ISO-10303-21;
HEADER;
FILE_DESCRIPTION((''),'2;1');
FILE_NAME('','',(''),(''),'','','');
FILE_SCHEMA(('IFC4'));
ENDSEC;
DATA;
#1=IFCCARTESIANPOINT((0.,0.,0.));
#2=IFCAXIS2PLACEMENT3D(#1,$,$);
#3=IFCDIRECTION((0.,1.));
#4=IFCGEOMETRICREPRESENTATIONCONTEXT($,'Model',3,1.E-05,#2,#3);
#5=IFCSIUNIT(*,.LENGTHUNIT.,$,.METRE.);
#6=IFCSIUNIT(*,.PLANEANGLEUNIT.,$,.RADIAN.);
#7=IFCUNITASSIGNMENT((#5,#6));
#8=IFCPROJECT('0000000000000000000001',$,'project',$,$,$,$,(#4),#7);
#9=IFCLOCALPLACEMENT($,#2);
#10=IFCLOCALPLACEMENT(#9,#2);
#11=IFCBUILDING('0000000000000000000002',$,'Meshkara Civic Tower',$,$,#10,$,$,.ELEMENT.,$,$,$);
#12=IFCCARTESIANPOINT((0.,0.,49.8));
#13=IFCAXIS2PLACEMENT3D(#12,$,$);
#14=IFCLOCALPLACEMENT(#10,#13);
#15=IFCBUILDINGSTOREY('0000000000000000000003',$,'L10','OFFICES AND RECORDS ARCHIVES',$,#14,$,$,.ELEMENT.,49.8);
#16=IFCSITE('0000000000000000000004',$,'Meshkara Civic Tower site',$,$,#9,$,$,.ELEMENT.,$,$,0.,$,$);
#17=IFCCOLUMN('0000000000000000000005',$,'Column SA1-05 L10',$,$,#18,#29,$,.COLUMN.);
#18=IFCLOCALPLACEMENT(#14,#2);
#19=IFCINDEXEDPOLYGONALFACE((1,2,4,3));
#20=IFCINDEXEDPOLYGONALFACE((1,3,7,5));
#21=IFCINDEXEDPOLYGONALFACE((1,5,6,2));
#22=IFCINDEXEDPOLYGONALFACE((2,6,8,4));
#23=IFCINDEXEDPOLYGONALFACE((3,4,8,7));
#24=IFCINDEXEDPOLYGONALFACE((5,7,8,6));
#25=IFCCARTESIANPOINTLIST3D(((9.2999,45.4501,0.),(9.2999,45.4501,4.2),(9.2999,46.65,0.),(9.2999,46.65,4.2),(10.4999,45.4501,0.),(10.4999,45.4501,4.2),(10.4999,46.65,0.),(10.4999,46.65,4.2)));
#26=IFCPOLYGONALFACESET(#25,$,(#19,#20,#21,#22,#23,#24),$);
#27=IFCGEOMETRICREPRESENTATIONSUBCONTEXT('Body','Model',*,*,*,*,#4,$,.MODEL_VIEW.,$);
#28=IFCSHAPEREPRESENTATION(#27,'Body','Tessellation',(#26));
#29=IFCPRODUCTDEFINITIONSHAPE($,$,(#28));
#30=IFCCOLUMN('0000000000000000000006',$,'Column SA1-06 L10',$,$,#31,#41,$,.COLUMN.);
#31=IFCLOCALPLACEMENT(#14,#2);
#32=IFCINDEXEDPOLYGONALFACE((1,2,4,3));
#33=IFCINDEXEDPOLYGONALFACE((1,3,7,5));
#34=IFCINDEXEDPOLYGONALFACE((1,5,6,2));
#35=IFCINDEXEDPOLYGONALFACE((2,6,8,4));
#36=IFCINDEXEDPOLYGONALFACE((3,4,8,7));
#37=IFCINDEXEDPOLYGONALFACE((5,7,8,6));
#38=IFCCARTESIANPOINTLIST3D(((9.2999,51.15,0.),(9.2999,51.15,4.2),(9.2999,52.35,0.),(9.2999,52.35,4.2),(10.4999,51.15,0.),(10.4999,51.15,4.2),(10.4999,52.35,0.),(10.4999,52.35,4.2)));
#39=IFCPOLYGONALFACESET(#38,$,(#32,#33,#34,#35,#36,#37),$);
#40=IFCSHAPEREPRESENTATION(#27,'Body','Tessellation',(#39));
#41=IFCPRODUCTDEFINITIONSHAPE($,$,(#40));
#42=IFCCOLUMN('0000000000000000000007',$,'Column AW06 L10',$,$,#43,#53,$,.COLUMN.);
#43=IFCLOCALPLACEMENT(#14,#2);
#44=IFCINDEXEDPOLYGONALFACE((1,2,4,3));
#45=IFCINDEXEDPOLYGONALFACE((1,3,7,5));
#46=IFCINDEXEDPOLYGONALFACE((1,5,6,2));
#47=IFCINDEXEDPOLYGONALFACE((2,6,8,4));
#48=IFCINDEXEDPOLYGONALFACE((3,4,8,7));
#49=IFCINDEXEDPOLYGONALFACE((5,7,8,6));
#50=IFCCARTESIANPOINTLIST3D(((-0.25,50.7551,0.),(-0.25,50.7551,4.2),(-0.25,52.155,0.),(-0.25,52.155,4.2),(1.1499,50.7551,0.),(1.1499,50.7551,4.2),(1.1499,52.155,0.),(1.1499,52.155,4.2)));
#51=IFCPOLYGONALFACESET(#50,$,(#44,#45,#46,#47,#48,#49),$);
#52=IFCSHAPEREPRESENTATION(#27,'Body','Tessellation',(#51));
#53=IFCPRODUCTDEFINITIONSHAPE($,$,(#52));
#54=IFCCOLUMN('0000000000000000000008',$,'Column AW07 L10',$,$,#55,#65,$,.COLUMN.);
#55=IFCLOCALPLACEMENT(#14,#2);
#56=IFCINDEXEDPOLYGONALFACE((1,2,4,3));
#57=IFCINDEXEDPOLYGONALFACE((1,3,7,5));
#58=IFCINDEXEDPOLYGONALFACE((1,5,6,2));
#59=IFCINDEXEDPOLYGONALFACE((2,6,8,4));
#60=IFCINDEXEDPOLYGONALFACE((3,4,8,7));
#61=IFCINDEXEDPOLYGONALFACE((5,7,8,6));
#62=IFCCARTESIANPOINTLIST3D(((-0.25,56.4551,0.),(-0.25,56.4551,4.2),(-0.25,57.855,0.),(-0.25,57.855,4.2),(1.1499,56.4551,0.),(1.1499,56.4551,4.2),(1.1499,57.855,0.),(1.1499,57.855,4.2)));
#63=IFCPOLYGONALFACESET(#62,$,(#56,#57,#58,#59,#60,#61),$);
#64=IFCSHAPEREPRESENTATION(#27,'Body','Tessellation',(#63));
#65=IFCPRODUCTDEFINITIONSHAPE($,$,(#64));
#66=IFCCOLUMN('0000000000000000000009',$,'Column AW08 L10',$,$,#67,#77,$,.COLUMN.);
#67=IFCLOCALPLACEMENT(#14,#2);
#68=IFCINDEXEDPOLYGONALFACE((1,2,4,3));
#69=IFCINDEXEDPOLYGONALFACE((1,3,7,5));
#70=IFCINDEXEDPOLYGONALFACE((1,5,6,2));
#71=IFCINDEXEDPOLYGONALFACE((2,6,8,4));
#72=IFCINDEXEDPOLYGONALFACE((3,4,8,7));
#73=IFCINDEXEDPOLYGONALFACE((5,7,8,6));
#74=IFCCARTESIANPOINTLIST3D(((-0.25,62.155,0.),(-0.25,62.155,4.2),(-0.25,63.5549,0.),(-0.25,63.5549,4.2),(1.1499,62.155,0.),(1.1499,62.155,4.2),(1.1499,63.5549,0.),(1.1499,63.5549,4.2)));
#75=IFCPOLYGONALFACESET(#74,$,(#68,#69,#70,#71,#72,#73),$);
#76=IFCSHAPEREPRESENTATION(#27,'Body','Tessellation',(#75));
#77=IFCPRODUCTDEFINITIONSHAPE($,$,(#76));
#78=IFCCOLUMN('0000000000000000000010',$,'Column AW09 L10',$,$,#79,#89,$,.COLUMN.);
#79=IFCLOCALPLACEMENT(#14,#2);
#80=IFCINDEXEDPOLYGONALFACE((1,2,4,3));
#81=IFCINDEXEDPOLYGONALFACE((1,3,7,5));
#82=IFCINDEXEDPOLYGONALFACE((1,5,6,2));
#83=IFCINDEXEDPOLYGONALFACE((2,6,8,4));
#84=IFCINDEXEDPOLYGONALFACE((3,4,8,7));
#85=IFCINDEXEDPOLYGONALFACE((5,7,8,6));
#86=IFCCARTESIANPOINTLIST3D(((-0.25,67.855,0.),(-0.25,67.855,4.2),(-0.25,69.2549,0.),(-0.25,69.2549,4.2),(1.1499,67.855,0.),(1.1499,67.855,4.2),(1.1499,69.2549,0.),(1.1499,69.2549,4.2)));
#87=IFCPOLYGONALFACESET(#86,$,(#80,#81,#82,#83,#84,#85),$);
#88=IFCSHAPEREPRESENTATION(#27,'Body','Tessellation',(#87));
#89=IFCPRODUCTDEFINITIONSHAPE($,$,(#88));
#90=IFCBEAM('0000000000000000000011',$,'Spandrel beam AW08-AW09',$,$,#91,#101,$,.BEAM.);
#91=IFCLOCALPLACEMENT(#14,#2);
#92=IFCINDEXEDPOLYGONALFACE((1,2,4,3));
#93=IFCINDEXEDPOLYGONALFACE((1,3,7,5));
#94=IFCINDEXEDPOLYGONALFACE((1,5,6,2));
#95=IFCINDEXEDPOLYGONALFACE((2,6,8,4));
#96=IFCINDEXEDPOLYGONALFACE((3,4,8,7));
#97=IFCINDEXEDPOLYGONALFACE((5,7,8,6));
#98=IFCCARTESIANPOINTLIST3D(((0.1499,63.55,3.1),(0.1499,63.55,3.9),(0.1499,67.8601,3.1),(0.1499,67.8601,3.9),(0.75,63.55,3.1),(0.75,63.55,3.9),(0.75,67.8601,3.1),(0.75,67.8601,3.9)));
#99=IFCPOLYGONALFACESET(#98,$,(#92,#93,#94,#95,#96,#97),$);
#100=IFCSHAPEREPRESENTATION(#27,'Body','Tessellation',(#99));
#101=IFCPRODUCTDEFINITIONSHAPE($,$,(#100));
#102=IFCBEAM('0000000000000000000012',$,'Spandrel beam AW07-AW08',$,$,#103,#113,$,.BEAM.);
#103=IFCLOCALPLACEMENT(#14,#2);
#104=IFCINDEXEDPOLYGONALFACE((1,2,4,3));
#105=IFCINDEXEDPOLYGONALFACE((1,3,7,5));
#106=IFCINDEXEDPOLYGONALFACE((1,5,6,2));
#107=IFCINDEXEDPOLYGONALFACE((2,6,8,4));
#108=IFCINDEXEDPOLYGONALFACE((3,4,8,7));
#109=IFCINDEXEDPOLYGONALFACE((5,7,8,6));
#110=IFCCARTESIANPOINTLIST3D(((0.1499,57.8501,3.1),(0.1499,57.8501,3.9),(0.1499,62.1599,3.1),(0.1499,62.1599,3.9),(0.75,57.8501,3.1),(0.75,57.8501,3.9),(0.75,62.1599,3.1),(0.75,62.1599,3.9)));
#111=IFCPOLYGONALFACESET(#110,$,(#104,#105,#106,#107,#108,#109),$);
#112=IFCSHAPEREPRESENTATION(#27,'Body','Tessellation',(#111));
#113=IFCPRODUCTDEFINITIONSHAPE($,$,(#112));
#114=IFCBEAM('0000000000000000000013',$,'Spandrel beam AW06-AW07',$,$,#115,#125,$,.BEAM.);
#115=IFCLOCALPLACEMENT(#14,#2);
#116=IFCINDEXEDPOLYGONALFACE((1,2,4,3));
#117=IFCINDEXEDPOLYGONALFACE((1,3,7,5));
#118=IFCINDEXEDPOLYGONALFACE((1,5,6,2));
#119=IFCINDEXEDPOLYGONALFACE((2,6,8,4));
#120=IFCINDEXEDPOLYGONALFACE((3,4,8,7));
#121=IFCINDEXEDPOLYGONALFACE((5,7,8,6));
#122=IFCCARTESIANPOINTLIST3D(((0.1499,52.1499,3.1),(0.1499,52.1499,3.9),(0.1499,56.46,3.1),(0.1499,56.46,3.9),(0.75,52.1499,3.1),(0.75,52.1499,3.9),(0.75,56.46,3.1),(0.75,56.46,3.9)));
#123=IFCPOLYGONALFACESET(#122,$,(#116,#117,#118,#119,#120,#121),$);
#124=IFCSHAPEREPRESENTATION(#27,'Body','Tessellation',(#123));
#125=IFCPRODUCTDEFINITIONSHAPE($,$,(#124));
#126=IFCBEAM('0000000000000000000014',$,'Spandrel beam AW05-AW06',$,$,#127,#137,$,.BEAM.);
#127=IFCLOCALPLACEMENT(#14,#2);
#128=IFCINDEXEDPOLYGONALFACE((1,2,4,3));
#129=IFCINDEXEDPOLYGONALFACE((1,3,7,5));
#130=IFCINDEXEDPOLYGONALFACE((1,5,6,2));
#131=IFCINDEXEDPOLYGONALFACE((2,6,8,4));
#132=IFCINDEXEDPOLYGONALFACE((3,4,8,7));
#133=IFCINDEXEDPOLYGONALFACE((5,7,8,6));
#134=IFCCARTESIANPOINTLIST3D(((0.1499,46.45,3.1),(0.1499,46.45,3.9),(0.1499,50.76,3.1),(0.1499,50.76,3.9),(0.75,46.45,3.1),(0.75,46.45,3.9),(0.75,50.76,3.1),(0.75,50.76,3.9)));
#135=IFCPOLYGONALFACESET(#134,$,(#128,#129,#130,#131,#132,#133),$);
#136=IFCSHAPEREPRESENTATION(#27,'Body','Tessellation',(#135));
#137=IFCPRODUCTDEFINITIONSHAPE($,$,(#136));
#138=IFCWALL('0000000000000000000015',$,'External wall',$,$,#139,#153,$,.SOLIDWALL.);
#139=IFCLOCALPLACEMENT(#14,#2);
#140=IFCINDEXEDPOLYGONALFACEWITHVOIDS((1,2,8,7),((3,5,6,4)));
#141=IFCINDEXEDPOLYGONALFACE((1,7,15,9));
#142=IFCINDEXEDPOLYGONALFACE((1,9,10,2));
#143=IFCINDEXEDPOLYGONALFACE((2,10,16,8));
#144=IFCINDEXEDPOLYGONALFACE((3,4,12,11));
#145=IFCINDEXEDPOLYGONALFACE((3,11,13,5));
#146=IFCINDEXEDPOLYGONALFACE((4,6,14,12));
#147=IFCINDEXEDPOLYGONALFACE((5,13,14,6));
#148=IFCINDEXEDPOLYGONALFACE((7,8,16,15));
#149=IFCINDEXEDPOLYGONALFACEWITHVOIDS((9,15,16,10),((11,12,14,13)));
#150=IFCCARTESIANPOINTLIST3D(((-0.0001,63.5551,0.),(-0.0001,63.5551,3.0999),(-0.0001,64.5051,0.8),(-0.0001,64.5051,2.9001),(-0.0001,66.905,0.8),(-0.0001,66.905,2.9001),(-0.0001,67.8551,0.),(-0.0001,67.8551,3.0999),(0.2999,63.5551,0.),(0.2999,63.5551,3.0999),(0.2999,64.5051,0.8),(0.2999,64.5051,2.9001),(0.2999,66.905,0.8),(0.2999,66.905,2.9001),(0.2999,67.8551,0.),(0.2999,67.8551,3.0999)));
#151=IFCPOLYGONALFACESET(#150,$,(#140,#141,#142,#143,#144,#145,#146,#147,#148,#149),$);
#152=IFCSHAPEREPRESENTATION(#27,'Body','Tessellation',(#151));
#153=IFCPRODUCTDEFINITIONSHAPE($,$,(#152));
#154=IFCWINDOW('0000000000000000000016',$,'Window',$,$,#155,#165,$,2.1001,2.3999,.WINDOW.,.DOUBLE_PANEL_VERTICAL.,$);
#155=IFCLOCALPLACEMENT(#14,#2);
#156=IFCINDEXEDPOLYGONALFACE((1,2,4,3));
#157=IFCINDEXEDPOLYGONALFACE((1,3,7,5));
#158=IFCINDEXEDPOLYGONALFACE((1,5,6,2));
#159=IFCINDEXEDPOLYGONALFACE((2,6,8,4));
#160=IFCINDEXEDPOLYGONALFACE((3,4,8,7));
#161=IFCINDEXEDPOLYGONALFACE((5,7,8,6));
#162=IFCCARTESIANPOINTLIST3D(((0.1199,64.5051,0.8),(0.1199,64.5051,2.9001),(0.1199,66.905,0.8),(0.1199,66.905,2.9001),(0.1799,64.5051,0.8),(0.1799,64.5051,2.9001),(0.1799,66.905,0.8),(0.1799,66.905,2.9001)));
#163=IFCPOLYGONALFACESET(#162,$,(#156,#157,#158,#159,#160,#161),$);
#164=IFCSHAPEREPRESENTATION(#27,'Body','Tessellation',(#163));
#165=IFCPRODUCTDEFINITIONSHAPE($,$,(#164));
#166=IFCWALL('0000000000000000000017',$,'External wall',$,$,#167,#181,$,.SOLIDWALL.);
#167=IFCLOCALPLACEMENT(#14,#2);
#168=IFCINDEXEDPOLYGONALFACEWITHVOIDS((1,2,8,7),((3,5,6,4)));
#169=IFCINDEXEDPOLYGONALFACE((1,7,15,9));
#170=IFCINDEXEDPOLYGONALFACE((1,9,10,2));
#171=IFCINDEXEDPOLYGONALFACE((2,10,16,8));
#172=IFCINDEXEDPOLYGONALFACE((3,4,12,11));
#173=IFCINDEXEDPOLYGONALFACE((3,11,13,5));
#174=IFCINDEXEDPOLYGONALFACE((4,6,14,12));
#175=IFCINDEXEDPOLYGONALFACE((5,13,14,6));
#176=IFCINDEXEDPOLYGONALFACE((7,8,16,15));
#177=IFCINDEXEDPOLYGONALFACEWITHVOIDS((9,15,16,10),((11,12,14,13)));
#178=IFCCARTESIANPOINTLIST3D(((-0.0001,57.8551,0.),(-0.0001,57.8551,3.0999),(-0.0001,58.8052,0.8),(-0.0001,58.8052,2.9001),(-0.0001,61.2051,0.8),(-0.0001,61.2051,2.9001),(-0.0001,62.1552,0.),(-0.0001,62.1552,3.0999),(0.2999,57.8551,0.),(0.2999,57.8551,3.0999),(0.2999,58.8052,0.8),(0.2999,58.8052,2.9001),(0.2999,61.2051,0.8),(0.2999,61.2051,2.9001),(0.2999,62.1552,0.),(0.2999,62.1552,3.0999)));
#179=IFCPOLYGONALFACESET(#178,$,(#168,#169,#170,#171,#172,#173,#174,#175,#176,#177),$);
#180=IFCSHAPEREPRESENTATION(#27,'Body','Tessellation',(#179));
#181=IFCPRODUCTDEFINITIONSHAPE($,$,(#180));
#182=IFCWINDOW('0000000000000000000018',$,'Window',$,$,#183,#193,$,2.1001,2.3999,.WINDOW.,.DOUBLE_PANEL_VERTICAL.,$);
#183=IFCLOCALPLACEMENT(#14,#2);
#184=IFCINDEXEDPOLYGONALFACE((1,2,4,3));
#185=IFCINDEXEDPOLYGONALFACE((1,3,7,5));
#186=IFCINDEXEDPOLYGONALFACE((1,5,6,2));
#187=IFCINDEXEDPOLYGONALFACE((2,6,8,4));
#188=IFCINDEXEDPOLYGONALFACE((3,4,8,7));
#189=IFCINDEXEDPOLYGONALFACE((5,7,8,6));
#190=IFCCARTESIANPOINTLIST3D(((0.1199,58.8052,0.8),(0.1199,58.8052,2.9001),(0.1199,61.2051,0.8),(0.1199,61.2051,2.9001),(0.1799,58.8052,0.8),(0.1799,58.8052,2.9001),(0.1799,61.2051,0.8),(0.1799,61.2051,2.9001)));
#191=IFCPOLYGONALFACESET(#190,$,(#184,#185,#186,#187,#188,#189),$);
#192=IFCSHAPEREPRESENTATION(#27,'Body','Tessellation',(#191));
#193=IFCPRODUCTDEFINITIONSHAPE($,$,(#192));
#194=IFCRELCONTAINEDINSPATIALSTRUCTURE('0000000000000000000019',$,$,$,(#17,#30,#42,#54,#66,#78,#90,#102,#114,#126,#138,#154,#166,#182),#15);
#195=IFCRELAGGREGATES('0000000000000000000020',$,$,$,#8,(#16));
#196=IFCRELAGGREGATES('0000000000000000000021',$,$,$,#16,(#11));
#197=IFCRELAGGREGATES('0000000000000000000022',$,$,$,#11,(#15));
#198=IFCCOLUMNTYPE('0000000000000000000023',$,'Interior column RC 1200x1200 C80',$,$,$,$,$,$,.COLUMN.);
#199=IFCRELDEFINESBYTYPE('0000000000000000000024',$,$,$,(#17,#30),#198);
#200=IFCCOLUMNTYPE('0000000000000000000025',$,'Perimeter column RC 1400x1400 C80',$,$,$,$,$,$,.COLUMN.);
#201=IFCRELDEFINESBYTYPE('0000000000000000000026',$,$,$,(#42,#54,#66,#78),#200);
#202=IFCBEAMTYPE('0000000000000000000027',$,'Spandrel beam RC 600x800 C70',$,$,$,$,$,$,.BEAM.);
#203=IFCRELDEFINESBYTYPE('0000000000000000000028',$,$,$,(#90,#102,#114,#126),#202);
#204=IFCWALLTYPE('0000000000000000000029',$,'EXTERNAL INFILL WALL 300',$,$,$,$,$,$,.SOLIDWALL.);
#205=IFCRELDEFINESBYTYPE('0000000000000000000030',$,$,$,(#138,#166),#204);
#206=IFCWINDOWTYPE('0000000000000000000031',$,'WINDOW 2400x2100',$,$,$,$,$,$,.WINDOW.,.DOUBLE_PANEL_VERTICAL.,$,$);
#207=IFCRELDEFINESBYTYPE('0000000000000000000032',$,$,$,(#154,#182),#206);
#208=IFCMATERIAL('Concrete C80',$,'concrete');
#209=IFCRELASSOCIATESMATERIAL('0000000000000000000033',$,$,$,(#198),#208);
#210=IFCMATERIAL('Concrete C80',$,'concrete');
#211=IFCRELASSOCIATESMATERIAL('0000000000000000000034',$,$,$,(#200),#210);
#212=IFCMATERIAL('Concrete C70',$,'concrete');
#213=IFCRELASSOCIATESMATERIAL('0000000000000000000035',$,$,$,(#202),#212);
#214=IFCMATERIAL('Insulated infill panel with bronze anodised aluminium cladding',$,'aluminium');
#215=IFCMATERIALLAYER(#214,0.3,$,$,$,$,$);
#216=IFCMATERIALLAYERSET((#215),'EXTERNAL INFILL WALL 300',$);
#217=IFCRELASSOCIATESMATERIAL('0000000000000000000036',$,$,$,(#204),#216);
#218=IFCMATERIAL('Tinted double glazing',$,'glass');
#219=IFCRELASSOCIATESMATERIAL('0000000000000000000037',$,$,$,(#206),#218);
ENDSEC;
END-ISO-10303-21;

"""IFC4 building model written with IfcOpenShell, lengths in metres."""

from ifc_helpers import new_model, si_unit, direction, frame, frame_2d, origin, origin_2d, place, context, subcontext, project, spatial, rectangle, extrude, material, layer, layer_set, material_profile, profile_set, type_object, element, fill, save


model = new_model("IFC4")

# Units and contexts
model_context = context("Model", 3, precision=1e-05, world=origin(), true_north=direction((0.0, 1.0)))
body_context = subcontext(model_context, "Body", "Model", "MODEL_VIEW")
ifc_project = project(units=[si_unit("LENGTHUNIT", "METRE"), si_unit("PLANEANGLEUNIT", "RADIAN")], contexts=[model_context])

# Site, building, storey
site_placement = place(None, origin())
site = spatial("IfcSite", under=ifc_project, at=site_placement, Name="Meshkara Civic Tower site", CompositionType="ELEMENT", RefElevation=0.0)
building_placement = place(site_placement, origin())
building = spatial("IfcBuilding", under=site, at=building_placement, Name="Meshkara Civic Tower", CompositionType="ELEMENT")
storey_placement = place(building_placement, frame((0.0, 0.0, 49.8)))
storey = spatial("IfcBuildingStorey", under=building, at=storey_placement, Name="L10", Description="OFFICES AND RECORDS ARCHIVES", CompositionType="ELEMENT", Elevation=49.8)

# Columns
ifc_material_1 = material(Name="Concrete C80", Category="concrete")
ifc_material_profile_1 = material_profile(ifc_material_1, rectangle(XDim=1.2, YDim=1.2, at=origin_2d()))
ifc_profile_set_1 = profile_set([ifc_material_profile_1], Name="Concrete C80")
column_type_1 = type_object("IfcColumnType", Name="Interior column RC 1200x1200 C80", PredefinedType="COLUMN", material=ifc_profile_set_1)
for number, where, z_axis, x_axis, name in (
    (1, (9.8999, 46.05, 0.0), (0.0, 0.0, 1.0), (1.0, 0.0, 0.0), "Column SA1-05 L10"),
    (2, (9.8999, 51.75, 0.0), (0.0, 0.0, 1.0), (1.0, 0.0, 0.0), "Column SA1-06 L10"),
):
    element("IfcColumn", number, at=place(storey_placement, frame(where, z_axis=z_axis, x_axis=x_axis)), inside=storey, type_object=column_type_1, Name=name, PredefinedType="COLUMN", context=body_context, shape_type="SweptSolid", body=[
        extrude(rectangle(XDim=1.2, YDim=1.2, at=origin_2d()), origin(), (0.0, 0.0, 1.0), 4.2),
    ])
ifc_material_2 = material(Name="Concrete C80", Category="concrete")
ifc_material_profile_2 = material_profile(ifc_material_2, rectangle(XDim=1.3999, YDim=1.3999, at=origin_2d()))
ifc_profile_set_2 = profile_set([ifc_material_profile_2], Name="Concrete C80")
column_type_2 = type_object("IfcColumnType", Name="Perimeter column RC 1400x1400 C80", PredefinedType="COLUMN", material=ifc_profile_set_2)
for number, where, z_axis, x_axis, name in (
    (3, (0.45, 51.4551, 0.0), (0.0, 0.0, 1.0), (1.0, 0.0, 0.0), "Column AW06 L10"),
    (4, (0.45, 57.155, 0.0), (0.0, 0.0, 1.0), (1.0, 0.0, 0.0), "Column AW07 L10"),
    (5, (0.45, 62.855, 0.0), (0.0, 0.0, 1.0), (1.0, 0.0, 0.0), "Column AW08 L10"),
    (6, (0.45, 68.5549, 0.0), (0.0, 0.0, 1.0), (1.0, 0.0, 0.0), "Column AW09 L10"),
):
    element("IfcColumn", number, at=place(storey_placement, frame(where, z_axis=z_axis, x_axis=x_axis)), inside=storey, type_object=column_type_2, Name=name, PredefinedType="COLUMN", context=body_context, shape_type="SweptSolid", body=[
        extrude(rectangle(XDim=1.3999, YDim=1.3999, at=origin_2d()), origin(), (0.0, 0.0, 1.0), 4.2),
    ])

# Beams
ifc_material_3 = material(Name="Concrete C70", Category="concrete")
ifc_material_profile_3 = material_profile(ifc_material_3, rectangle(XDim=0.6001, YDim=0.8, at=origin_2d()))
ifc_profile_set_3 = profile_set([ifc_material_profile_3], Name="Concrete C70")
beam_type = type_object("IfcBeamType", Name="Spandrel beam RC 600x800 C70", PredefinedType="BEAM", material=ifc_profile_set_3)
beam_1_placement = place(storey_placement, frame((0.45, 67.8601, 3.5), z_axis=(0.0, -1.0, 0.0), x_axis=(1.0, 0.0, 0.0)))
element("IfcBeam", 7, at=beam_1_placement, inside=storey, type_object=beam_type, Name="Spandrel beam AW08-AW09", PredefinedType="BEAM", context=body_context, shape_type="SweptSolid", body=[
    extrude(rectangle(XDim=0.6001, YDim=0.8, at=origin_2d()), origin(), (0.0, 0.0, 1.0), 4.3101),
])
beam_2_placement = place(storey_placement, frame((0.45, 62.1599, 3.5), z_axis=(0.0, -1.0, 0.0), x_axis=(1.0, 0.0, 0.0)))
element("IfcBeam", 8, at=beam_2_placement, inside=storey, type_object=beam_type, Name="Spandrel beam AW07-AW08", PredefinedType="BEAM", context=body_context, shape_type="SweptSolid", body=[
    extrude(rectangle(XDim=0.6001, YDim=0.8, at=origin_2d()), origin(), (0.0, 0.0, 1.0), 4.3098),
])
for number, where, z_axis, x_axis, name in (
    (9, (0.45, 56.46, 3.5), (0.0, -1.0, 0.0), (1.0, 0.0, 0.0), "Spandrel beam AW06-AW07"),
    (10, (0.45, 50.76, 3.5), (0.0, -1.0, 0.0), (1.0, 0.0, 0.0), "Spandrel beam AW05-AW06"),
):
    element("IfcBeam", number, at=place(storey_placement, frame(where, z_axis=z_axis, x_axis=x_axis)), inside=storey, type_object=beam_type, Name=name, PredefinedType="BEAM", context=body_context, shape_type="SweptSolid", body=[
        extrude(rectangle(XDim=0.6001, YDim=0.8, at=origin_2d()), origin(), (0.0, 0.0, 1.0), 4.3101),
    ])

# Walls, openings, windows
ifc_material_4 = material(Name="Insulated infill panel with bronze anodised aluminium cladding", Category="aluminium")
ifc_layer_1 = layer(ifc_material_4, 0.3)
ifc_layer_set_1 = layer_set([ifc_layer_1], Name="EXTERNAL INFILL WALL 300")
wall_type_1 = type_object("IfcWallType", Name="EXTERNAL INFILL WALL 300", PredefinedType="SOLIDWALL", material=ifc_layer_set_1)
wall_1_placement = place(storey_placement, frame((0.1499, 67.855, 0.0), z_axis=(0.0, 0.0, 1.0), x_axis=(0.0, -1.0, 0.0)))
wall_1 = element("IfcWall", 11, at=wall_1_placement, inside=storey, type_object=wall_type_1, Name="External wall", PredefinedType="SOLIDWALL", context=body_context, shape_type="SweptSolid", body=[
    extrude(rectangle(XDim=4.3, YDim=0.3, at=frame_2d((2.1499, 0.0))), origin(), (0.0, 0.0, 1.0), 3.0999),
])
opening_1_placement = place(wall_1_placement, frame((0.95, 0.0, 0.8)))
opening_1 = element("IfcOpeningElement", 12, at=opening_1_placement, cuts=wall_1, PredefinedType="OPENING", context=body_context, shape_type="SweptSolid", body=[
    extrude(rectangle(XDim=2.3999, YDim=2.1001, at=frame_2d((1.2, 1.05))), frame((0.0, 0.1599, 0.0), z_axis=(0.0, -1.0, 0.0), x_axis=(1.0, 0.0, 0.0)), (0.0, 0.0, 1.0), 0.3201),
])
ifc_material_5 = material(Name="Tinted double glazing", Category="glass")
window_type = type_object("IfcWindowType", Name="WINDOW 2400x2100", PartitioningType="DOUBLE_PANEL_VERTICAL", PredefinedType="WINDOW", material=ifc_material_5)
window_1_placement = place(opening_1_placement, origin())
window_1 = element("IfcWindow", 13, at=window_1_placement, inside=storey, type_object=window_type, Name="Window", OverallHeight=2.1001, OverallWidth=2.3999, PartitioningType="DOUBLE_PANEL_VERTICAL", PredefinedType="WINDOW", context=body_context, shape_type="SweptSolid", body=[
    extrude(rectangle(XDim=2.3999, YDim=2.1001, at=frame_2d((1.2, 1.05))), frame((0.0, 0.03, 0.0), z_axis=(0.0, -1.0, 0.0), x_axis=(1.0, 0.0, 0.0)), (0.0, 0.0, 1.0), 0.0601),
])
fill(opening_1, window_1)
wall_2_placement = place(storey_placement, frame((0.1499, 62.155, 0.0), z_axis=(0.0, 0.0, 1.0), x_axis=(0.0, -1.0, 0.0)))
wall_2 = element("IfcWall", 14, at=wall_2_placement, inside=storey, type_object=wall_type_1, Name="External wall", PredefinedType="SOLIDWALL", context=body_context, shape_type="SweptSolid", body=[
    extrude(rectangle(XDim=4.3, YDim=0.3, at=frame_2d((2.1499, 0.0))), origin(), (0.0, 0.0, 1.0), 3.0999),
])
opening_2_placement = place(wall_2_placement, frame((0.95, 0.0, 0.8)))
opening_2 = element("IfcOpeningElement", 15, at=opening_2_placement, cuts=wall_2, PredefinedType="OPENING", context=body_context, shape_type="SweptSolid", body=[
    extrude(rectangle(XDim=2.3999, YDim=2.1001, at=frame_2d((1.2, 1.05))), frame((0.0, 0.1599, 0.0), z_axis=(0.0, -1.0, 0.0), x_axis=(1.0, 0.0, 0.0)), (0.0, 0.0, 1.0), 0.3201),
])
window_2_placement = place(opening_2_placement, origin())
window_2 = element("IfcWindow", 16, at=window_2_placement, inside=storey, type_object=window_type, Name="Window", OverallHeight=2.1001, OverallWidth=2.3999, PartitioningType="DOUBLE_PANEL_VERTICAL", PredefinedType="WINDOW", context=body_context, shape_type="SweptSolid", body=[
    extrude(rectangle(XDim=2.3999, YDim=2.1001, at=frame_2d((1.2, 1.05))), frame((0.0, 0.03, 0.0), z_axis=(0.0, -1.0, 0.0), x_axis=(1.0, 0.0, 0.0)), (0.0, 0.0, 1.0), 0.0601),
])
fill(opening_2, window_2)

save(model, "model.ifc")
